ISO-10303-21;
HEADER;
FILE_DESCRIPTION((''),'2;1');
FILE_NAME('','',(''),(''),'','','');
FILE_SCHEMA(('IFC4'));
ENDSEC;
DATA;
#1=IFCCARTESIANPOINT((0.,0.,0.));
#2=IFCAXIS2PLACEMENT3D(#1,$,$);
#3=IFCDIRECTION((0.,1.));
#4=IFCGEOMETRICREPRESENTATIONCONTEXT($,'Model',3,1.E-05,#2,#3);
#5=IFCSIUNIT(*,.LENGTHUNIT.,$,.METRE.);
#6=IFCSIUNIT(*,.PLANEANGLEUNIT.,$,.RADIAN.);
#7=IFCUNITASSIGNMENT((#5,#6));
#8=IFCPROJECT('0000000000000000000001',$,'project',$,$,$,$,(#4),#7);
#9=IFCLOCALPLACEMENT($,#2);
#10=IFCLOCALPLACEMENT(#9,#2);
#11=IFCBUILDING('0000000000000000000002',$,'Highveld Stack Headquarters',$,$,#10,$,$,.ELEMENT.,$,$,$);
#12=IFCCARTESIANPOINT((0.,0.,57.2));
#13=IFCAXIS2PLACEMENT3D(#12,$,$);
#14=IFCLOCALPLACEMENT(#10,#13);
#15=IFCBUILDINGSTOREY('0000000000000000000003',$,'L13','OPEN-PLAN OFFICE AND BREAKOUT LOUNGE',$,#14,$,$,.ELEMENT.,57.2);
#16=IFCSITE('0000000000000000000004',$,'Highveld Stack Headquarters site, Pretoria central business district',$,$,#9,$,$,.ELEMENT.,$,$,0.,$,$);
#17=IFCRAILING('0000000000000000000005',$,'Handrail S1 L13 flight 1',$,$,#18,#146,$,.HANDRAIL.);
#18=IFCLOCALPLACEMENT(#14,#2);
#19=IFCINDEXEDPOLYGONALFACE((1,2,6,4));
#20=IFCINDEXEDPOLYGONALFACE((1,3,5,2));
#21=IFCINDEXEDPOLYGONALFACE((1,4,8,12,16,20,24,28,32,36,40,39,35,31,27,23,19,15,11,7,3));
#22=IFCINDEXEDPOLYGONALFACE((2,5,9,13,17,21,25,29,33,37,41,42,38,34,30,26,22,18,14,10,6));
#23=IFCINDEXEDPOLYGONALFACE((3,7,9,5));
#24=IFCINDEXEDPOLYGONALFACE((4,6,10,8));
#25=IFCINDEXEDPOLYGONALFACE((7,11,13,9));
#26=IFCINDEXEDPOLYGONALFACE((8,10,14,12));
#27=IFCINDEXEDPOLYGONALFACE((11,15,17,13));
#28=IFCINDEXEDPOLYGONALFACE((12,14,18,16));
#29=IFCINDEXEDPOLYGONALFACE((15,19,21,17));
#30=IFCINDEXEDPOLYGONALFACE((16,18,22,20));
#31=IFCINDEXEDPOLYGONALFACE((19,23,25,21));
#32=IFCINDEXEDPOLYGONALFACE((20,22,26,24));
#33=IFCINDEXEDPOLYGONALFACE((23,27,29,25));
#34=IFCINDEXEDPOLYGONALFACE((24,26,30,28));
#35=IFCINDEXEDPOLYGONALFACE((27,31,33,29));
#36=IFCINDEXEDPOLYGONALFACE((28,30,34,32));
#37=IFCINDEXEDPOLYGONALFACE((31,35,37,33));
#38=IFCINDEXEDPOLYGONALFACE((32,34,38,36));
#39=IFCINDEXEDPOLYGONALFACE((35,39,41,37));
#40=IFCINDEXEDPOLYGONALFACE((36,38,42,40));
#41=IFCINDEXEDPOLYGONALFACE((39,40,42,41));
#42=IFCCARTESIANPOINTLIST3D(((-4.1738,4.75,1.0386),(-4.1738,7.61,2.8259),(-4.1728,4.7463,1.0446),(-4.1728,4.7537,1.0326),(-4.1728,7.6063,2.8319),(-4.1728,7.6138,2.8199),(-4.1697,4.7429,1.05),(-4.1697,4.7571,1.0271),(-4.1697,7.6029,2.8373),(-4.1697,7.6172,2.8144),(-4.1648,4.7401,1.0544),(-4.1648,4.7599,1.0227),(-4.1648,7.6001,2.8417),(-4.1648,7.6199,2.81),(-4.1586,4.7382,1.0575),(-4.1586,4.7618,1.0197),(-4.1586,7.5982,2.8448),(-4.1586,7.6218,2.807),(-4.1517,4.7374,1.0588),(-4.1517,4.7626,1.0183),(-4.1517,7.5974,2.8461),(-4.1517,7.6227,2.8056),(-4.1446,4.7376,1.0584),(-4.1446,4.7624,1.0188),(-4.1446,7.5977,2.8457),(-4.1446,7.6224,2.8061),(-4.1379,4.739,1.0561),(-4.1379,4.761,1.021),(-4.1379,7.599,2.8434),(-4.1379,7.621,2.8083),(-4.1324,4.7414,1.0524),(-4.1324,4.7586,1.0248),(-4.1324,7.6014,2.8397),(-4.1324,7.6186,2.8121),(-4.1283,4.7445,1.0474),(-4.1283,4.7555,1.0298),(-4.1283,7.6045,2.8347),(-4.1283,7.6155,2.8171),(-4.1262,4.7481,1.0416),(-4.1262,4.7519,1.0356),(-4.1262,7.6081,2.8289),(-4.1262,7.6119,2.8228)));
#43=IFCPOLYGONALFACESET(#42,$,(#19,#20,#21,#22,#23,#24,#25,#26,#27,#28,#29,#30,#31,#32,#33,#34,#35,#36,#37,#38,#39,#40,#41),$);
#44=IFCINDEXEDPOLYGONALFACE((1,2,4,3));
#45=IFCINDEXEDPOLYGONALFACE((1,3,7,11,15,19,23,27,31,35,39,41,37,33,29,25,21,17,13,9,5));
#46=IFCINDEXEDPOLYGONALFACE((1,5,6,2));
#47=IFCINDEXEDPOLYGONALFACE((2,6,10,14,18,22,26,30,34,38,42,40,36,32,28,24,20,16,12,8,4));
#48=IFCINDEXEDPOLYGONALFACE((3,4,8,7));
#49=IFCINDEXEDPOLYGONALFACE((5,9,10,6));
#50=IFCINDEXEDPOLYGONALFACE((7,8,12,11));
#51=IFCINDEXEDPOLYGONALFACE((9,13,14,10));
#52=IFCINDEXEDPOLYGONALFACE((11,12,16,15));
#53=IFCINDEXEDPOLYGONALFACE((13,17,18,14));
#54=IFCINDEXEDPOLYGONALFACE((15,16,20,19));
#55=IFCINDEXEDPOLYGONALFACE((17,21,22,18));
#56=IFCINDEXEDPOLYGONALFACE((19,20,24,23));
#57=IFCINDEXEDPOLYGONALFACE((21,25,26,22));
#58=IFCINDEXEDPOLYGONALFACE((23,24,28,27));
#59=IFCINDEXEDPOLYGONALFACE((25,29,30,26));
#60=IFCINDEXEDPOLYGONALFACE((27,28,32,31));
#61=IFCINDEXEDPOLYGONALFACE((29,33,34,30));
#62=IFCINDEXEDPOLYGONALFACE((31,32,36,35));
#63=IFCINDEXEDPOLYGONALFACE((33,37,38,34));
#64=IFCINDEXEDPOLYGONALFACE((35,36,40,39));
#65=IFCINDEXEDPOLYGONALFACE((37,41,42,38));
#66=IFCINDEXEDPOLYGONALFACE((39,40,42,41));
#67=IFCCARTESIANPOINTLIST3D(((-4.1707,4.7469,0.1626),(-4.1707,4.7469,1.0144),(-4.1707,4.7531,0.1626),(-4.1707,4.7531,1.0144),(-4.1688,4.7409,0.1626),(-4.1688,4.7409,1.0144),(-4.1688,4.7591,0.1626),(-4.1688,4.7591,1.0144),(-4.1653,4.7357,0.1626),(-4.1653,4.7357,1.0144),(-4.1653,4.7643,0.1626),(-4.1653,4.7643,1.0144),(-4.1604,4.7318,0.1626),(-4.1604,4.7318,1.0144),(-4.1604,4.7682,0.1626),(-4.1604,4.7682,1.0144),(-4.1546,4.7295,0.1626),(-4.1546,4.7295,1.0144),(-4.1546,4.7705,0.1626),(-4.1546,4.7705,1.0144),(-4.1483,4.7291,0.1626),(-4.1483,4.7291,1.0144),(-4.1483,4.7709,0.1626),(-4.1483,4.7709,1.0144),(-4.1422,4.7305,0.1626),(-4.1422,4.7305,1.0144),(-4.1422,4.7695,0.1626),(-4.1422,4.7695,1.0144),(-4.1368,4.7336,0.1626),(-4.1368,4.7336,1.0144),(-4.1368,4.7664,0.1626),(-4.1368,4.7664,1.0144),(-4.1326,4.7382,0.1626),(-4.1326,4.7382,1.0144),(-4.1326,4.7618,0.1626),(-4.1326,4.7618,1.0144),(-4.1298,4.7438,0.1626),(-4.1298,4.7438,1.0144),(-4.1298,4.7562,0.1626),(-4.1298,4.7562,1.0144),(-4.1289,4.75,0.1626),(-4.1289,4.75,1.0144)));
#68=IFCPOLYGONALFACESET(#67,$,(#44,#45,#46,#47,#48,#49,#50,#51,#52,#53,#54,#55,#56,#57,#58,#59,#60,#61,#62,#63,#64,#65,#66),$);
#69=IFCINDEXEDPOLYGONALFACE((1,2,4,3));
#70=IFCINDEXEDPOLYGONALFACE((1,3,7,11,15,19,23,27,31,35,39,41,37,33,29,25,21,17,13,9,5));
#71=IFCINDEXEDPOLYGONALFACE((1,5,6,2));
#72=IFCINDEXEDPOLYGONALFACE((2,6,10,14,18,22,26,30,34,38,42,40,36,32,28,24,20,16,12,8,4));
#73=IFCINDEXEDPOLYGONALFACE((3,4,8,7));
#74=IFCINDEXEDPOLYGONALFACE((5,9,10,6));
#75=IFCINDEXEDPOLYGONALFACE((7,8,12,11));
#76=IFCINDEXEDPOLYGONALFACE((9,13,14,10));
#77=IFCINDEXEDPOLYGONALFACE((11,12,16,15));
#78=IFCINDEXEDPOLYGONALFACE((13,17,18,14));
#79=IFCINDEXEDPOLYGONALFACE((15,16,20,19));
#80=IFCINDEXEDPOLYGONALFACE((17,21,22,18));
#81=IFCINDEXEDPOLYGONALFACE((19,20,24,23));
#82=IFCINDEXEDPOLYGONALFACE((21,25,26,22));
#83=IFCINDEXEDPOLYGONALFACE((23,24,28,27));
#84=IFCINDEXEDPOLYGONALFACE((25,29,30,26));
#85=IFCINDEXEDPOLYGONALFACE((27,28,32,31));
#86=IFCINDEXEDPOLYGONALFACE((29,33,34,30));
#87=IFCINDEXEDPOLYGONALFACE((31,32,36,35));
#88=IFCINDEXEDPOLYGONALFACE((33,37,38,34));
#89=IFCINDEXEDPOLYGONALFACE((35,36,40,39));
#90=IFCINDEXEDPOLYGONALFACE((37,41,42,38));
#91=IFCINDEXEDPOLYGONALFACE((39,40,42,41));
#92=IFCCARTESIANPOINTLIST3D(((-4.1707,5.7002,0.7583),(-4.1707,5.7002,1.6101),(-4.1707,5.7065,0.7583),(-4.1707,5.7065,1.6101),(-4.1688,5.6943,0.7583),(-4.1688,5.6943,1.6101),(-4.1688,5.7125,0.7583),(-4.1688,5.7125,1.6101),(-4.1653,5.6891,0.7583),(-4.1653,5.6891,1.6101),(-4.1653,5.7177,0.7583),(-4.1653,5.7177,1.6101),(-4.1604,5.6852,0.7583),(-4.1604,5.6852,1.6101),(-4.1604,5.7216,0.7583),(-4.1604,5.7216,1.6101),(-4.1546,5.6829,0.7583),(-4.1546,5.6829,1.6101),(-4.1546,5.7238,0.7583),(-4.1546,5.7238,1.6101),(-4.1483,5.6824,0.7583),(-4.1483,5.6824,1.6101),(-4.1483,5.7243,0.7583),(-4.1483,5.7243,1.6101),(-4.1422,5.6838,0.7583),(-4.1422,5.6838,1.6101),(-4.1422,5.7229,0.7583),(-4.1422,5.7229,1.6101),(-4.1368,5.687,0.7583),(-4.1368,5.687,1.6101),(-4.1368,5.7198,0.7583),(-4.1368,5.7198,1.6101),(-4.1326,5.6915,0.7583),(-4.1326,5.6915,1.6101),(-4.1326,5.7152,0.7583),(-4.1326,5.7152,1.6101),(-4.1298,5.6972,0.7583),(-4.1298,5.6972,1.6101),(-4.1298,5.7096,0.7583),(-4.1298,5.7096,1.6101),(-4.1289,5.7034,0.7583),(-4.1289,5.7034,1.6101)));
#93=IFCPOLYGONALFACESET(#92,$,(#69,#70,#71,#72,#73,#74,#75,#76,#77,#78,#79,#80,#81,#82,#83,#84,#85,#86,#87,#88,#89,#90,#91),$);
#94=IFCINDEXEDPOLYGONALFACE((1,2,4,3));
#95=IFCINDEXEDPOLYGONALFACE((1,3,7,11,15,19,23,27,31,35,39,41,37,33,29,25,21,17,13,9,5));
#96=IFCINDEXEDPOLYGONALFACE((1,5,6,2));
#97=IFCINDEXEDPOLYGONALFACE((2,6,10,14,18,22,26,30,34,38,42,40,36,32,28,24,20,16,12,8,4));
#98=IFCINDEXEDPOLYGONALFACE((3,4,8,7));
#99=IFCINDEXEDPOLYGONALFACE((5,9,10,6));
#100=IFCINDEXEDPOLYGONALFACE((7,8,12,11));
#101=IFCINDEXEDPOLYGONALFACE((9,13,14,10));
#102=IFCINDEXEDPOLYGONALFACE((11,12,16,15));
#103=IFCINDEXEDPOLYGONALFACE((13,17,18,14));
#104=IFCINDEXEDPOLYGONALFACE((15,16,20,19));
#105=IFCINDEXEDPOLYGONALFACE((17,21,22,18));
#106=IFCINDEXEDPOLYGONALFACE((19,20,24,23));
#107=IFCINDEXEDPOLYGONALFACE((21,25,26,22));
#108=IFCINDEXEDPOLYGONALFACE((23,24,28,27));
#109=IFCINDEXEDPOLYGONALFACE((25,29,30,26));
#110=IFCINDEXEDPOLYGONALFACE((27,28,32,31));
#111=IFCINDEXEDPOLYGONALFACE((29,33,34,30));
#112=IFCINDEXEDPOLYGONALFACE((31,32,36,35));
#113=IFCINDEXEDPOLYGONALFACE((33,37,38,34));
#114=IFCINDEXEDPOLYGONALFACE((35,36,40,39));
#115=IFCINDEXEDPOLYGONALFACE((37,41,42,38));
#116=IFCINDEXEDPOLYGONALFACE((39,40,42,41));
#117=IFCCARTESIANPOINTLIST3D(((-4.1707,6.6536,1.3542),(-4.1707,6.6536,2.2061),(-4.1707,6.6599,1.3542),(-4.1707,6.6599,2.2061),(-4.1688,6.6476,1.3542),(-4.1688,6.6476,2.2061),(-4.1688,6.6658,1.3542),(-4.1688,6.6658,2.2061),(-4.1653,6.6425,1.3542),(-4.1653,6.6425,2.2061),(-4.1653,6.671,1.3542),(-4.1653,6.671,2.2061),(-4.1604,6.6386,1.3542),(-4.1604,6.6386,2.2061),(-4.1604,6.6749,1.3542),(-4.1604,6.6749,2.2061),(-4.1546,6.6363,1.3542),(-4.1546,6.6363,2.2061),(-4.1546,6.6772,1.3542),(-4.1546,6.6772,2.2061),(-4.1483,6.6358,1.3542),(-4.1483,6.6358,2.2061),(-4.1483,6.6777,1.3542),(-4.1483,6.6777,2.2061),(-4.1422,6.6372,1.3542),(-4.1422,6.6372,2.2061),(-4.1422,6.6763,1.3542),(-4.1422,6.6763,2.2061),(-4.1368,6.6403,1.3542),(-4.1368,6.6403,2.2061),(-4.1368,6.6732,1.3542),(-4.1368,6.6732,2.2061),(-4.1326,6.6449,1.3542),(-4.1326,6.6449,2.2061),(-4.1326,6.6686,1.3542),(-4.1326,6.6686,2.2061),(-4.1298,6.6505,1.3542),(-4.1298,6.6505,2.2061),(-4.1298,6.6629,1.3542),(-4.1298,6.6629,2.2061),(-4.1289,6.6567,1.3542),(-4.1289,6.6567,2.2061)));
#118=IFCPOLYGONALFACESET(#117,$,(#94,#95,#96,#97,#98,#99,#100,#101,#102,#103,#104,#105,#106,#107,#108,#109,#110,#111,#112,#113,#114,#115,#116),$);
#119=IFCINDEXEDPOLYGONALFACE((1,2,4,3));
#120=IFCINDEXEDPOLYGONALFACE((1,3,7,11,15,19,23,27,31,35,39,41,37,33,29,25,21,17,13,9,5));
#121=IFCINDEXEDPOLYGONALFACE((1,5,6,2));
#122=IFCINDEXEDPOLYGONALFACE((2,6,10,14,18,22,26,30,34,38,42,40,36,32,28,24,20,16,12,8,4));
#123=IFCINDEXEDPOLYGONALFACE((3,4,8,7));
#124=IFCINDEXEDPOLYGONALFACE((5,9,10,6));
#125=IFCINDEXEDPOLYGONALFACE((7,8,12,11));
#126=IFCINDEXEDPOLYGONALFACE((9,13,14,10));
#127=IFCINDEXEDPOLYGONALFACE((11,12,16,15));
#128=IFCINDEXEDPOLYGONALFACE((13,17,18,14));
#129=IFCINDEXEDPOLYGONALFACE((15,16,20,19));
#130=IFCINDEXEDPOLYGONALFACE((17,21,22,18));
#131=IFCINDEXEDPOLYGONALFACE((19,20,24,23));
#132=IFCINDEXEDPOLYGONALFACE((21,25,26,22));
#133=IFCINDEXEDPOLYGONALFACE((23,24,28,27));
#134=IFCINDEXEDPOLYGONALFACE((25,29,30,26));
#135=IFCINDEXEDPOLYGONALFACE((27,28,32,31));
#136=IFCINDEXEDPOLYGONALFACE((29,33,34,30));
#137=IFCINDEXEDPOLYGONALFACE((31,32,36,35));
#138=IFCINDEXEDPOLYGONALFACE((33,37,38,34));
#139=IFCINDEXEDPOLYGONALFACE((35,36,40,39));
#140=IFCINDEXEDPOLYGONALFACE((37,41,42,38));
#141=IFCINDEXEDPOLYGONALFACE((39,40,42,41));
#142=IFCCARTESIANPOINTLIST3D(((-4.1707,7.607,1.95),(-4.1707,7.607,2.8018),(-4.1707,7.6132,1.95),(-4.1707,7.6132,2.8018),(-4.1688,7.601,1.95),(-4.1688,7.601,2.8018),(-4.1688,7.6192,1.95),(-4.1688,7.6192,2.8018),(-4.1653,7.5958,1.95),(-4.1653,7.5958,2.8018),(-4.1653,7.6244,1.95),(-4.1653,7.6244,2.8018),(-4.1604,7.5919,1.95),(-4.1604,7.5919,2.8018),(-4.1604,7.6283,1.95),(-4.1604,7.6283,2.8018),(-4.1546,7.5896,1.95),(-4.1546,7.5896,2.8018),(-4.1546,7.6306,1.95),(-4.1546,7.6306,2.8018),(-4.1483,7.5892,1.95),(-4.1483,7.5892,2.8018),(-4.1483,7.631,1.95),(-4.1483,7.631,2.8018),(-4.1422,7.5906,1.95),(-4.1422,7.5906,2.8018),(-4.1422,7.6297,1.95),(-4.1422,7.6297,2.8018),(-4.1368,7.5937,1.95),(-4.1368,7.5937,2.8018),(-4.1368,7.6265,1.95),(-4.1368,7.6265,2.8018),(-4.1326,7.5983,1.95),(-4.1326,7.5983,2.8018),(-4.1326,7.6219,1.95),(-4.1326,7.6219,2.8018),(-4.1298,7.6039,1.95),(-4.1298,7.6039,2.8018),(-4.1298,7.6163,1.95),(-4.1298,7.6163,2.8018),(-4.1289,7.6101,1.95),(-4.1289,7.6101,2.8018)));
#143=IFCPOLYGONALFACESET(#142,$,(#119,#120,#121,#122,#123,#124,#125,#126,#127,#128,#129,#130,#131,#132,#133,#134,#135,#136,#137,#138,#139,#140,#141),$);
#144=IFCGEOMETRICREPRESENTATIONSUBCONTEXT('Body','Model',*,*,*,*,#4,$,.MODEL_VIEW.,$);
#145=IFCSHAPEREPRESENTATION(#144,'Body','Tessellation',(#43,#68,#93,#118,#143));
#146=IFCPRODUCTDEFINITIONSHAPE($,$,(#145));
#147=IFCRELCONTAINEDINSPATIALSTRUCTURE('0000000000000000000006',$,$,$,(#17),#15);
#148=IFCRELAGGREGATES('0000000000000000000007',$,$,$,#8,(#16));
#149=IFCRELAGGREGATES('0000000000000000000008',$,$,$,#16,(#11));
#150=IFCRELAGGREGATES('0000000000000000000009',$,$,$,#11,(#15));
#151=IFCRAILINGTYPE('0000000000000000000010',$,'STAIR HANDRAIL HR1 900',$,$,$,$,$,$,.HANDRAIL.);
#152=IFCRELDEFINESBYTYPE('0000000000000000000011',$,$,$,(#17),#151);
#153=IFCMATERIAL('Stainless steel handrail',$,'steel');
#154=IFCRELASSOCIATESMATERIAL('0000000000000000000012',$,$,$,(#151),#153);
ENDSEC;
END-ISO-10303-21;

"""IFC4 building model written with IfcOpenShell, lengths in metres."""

from ifc_helpers import new_model, si_unit, direction, frame, origin, origin_2d, place, context, subcontext, project, spatial, circle, extrude, material, type_object, element, save


model = new_model("IFC4")

# Units and contexts
model_context = context("Model", 3, precision=1e-05, world=origin(), true_north=direction((0.0, 1.0)))
body_context = subcontext(model_context, "Body", "Model", "MODEL_VIEW")
ifc_project = project(units=[si_unit("LENGTHUNIT", "METRE"), si_unit("PLANEANGLEUNIT", "RADIAN")], contexts=[model_context])

# Site, building, storey
site_placement = place(None, origin())
site = spatial("IfcSite", under=ifc_project, at=site_placement, Name="Highveld Stack Headquarters site, Pretoria central business district", CompositionType="ELEMENT", RefElevation=0.0)
building_placement = place(site_placement, origin())
building = spatial("IfcBuilding", under=site, at=building_placement, Name="Highveld Stack Headquarters", CompositionType="ELEMENT")
storey_placement = place(building_placement, frame((0.0, 0.0, 57.2)))
storey = spatial("IfcBuildingStorey", under=building, at=storey_placement, Name="L13", Description="OPEN-PLAN OFFICE AND BREAKOUT LOUNGE", CompositionType="ELEMENT", Elevation=57.2)

# Railing
ifc_material_1 = material(Name="Stainless steel handrail", Category="steel")
railing_type = type_object("IfcRailingType", Name="STAIR HANDRAIL HR1 900", PredefinedType="HANDRAIL", material=ifc_material_1)
for number, where, name in (
    (1, (-4.1499, 4.75, 0.1626), "Handrail S1 L13 flight 1"),
):
    element("IfcRailing", number, at=place(storey_placement, frame(where)), inside=storey, type_object=railing_type, Name=name, PredefinedType="HANDRAIL", context=body_context, shape_type="SweptSolid", body=[
        extrude(circle(Radius=0.0239, at=origin_2d()), frame((0.0, 0.0, 0.876), z_axis=(0.0, 0.848027, 0.529953), x_axis=(-1.0, 0.0, 0.0)), (0.0, 0.0, 1.0), 3.3726),
        extrude(circle(Radius=0.021, at=origin_2d()), origin(), (0.0, 0.0, 1.0), 0.8518),
        extrude(circle(Radius=0.021, at=origin_2d()), frame((0.0, 0.9534, 0.5957)), (0.0, 0.0, 1.0), 0.8518),
        extrude(circle(Radius=0.021, at=origin_2d()), frame((0.0, 1.9067, 1.1917)), (0.0, 0.0, 1.0), 0.8518),
        extrude(circle(Radius=0.021, at=origin_2d()), frame((0.0, 2.8601, 1.7874)), (0.0, 0.0, 1.0), 0.8518),
    ])

save(model, "model.ifc")
